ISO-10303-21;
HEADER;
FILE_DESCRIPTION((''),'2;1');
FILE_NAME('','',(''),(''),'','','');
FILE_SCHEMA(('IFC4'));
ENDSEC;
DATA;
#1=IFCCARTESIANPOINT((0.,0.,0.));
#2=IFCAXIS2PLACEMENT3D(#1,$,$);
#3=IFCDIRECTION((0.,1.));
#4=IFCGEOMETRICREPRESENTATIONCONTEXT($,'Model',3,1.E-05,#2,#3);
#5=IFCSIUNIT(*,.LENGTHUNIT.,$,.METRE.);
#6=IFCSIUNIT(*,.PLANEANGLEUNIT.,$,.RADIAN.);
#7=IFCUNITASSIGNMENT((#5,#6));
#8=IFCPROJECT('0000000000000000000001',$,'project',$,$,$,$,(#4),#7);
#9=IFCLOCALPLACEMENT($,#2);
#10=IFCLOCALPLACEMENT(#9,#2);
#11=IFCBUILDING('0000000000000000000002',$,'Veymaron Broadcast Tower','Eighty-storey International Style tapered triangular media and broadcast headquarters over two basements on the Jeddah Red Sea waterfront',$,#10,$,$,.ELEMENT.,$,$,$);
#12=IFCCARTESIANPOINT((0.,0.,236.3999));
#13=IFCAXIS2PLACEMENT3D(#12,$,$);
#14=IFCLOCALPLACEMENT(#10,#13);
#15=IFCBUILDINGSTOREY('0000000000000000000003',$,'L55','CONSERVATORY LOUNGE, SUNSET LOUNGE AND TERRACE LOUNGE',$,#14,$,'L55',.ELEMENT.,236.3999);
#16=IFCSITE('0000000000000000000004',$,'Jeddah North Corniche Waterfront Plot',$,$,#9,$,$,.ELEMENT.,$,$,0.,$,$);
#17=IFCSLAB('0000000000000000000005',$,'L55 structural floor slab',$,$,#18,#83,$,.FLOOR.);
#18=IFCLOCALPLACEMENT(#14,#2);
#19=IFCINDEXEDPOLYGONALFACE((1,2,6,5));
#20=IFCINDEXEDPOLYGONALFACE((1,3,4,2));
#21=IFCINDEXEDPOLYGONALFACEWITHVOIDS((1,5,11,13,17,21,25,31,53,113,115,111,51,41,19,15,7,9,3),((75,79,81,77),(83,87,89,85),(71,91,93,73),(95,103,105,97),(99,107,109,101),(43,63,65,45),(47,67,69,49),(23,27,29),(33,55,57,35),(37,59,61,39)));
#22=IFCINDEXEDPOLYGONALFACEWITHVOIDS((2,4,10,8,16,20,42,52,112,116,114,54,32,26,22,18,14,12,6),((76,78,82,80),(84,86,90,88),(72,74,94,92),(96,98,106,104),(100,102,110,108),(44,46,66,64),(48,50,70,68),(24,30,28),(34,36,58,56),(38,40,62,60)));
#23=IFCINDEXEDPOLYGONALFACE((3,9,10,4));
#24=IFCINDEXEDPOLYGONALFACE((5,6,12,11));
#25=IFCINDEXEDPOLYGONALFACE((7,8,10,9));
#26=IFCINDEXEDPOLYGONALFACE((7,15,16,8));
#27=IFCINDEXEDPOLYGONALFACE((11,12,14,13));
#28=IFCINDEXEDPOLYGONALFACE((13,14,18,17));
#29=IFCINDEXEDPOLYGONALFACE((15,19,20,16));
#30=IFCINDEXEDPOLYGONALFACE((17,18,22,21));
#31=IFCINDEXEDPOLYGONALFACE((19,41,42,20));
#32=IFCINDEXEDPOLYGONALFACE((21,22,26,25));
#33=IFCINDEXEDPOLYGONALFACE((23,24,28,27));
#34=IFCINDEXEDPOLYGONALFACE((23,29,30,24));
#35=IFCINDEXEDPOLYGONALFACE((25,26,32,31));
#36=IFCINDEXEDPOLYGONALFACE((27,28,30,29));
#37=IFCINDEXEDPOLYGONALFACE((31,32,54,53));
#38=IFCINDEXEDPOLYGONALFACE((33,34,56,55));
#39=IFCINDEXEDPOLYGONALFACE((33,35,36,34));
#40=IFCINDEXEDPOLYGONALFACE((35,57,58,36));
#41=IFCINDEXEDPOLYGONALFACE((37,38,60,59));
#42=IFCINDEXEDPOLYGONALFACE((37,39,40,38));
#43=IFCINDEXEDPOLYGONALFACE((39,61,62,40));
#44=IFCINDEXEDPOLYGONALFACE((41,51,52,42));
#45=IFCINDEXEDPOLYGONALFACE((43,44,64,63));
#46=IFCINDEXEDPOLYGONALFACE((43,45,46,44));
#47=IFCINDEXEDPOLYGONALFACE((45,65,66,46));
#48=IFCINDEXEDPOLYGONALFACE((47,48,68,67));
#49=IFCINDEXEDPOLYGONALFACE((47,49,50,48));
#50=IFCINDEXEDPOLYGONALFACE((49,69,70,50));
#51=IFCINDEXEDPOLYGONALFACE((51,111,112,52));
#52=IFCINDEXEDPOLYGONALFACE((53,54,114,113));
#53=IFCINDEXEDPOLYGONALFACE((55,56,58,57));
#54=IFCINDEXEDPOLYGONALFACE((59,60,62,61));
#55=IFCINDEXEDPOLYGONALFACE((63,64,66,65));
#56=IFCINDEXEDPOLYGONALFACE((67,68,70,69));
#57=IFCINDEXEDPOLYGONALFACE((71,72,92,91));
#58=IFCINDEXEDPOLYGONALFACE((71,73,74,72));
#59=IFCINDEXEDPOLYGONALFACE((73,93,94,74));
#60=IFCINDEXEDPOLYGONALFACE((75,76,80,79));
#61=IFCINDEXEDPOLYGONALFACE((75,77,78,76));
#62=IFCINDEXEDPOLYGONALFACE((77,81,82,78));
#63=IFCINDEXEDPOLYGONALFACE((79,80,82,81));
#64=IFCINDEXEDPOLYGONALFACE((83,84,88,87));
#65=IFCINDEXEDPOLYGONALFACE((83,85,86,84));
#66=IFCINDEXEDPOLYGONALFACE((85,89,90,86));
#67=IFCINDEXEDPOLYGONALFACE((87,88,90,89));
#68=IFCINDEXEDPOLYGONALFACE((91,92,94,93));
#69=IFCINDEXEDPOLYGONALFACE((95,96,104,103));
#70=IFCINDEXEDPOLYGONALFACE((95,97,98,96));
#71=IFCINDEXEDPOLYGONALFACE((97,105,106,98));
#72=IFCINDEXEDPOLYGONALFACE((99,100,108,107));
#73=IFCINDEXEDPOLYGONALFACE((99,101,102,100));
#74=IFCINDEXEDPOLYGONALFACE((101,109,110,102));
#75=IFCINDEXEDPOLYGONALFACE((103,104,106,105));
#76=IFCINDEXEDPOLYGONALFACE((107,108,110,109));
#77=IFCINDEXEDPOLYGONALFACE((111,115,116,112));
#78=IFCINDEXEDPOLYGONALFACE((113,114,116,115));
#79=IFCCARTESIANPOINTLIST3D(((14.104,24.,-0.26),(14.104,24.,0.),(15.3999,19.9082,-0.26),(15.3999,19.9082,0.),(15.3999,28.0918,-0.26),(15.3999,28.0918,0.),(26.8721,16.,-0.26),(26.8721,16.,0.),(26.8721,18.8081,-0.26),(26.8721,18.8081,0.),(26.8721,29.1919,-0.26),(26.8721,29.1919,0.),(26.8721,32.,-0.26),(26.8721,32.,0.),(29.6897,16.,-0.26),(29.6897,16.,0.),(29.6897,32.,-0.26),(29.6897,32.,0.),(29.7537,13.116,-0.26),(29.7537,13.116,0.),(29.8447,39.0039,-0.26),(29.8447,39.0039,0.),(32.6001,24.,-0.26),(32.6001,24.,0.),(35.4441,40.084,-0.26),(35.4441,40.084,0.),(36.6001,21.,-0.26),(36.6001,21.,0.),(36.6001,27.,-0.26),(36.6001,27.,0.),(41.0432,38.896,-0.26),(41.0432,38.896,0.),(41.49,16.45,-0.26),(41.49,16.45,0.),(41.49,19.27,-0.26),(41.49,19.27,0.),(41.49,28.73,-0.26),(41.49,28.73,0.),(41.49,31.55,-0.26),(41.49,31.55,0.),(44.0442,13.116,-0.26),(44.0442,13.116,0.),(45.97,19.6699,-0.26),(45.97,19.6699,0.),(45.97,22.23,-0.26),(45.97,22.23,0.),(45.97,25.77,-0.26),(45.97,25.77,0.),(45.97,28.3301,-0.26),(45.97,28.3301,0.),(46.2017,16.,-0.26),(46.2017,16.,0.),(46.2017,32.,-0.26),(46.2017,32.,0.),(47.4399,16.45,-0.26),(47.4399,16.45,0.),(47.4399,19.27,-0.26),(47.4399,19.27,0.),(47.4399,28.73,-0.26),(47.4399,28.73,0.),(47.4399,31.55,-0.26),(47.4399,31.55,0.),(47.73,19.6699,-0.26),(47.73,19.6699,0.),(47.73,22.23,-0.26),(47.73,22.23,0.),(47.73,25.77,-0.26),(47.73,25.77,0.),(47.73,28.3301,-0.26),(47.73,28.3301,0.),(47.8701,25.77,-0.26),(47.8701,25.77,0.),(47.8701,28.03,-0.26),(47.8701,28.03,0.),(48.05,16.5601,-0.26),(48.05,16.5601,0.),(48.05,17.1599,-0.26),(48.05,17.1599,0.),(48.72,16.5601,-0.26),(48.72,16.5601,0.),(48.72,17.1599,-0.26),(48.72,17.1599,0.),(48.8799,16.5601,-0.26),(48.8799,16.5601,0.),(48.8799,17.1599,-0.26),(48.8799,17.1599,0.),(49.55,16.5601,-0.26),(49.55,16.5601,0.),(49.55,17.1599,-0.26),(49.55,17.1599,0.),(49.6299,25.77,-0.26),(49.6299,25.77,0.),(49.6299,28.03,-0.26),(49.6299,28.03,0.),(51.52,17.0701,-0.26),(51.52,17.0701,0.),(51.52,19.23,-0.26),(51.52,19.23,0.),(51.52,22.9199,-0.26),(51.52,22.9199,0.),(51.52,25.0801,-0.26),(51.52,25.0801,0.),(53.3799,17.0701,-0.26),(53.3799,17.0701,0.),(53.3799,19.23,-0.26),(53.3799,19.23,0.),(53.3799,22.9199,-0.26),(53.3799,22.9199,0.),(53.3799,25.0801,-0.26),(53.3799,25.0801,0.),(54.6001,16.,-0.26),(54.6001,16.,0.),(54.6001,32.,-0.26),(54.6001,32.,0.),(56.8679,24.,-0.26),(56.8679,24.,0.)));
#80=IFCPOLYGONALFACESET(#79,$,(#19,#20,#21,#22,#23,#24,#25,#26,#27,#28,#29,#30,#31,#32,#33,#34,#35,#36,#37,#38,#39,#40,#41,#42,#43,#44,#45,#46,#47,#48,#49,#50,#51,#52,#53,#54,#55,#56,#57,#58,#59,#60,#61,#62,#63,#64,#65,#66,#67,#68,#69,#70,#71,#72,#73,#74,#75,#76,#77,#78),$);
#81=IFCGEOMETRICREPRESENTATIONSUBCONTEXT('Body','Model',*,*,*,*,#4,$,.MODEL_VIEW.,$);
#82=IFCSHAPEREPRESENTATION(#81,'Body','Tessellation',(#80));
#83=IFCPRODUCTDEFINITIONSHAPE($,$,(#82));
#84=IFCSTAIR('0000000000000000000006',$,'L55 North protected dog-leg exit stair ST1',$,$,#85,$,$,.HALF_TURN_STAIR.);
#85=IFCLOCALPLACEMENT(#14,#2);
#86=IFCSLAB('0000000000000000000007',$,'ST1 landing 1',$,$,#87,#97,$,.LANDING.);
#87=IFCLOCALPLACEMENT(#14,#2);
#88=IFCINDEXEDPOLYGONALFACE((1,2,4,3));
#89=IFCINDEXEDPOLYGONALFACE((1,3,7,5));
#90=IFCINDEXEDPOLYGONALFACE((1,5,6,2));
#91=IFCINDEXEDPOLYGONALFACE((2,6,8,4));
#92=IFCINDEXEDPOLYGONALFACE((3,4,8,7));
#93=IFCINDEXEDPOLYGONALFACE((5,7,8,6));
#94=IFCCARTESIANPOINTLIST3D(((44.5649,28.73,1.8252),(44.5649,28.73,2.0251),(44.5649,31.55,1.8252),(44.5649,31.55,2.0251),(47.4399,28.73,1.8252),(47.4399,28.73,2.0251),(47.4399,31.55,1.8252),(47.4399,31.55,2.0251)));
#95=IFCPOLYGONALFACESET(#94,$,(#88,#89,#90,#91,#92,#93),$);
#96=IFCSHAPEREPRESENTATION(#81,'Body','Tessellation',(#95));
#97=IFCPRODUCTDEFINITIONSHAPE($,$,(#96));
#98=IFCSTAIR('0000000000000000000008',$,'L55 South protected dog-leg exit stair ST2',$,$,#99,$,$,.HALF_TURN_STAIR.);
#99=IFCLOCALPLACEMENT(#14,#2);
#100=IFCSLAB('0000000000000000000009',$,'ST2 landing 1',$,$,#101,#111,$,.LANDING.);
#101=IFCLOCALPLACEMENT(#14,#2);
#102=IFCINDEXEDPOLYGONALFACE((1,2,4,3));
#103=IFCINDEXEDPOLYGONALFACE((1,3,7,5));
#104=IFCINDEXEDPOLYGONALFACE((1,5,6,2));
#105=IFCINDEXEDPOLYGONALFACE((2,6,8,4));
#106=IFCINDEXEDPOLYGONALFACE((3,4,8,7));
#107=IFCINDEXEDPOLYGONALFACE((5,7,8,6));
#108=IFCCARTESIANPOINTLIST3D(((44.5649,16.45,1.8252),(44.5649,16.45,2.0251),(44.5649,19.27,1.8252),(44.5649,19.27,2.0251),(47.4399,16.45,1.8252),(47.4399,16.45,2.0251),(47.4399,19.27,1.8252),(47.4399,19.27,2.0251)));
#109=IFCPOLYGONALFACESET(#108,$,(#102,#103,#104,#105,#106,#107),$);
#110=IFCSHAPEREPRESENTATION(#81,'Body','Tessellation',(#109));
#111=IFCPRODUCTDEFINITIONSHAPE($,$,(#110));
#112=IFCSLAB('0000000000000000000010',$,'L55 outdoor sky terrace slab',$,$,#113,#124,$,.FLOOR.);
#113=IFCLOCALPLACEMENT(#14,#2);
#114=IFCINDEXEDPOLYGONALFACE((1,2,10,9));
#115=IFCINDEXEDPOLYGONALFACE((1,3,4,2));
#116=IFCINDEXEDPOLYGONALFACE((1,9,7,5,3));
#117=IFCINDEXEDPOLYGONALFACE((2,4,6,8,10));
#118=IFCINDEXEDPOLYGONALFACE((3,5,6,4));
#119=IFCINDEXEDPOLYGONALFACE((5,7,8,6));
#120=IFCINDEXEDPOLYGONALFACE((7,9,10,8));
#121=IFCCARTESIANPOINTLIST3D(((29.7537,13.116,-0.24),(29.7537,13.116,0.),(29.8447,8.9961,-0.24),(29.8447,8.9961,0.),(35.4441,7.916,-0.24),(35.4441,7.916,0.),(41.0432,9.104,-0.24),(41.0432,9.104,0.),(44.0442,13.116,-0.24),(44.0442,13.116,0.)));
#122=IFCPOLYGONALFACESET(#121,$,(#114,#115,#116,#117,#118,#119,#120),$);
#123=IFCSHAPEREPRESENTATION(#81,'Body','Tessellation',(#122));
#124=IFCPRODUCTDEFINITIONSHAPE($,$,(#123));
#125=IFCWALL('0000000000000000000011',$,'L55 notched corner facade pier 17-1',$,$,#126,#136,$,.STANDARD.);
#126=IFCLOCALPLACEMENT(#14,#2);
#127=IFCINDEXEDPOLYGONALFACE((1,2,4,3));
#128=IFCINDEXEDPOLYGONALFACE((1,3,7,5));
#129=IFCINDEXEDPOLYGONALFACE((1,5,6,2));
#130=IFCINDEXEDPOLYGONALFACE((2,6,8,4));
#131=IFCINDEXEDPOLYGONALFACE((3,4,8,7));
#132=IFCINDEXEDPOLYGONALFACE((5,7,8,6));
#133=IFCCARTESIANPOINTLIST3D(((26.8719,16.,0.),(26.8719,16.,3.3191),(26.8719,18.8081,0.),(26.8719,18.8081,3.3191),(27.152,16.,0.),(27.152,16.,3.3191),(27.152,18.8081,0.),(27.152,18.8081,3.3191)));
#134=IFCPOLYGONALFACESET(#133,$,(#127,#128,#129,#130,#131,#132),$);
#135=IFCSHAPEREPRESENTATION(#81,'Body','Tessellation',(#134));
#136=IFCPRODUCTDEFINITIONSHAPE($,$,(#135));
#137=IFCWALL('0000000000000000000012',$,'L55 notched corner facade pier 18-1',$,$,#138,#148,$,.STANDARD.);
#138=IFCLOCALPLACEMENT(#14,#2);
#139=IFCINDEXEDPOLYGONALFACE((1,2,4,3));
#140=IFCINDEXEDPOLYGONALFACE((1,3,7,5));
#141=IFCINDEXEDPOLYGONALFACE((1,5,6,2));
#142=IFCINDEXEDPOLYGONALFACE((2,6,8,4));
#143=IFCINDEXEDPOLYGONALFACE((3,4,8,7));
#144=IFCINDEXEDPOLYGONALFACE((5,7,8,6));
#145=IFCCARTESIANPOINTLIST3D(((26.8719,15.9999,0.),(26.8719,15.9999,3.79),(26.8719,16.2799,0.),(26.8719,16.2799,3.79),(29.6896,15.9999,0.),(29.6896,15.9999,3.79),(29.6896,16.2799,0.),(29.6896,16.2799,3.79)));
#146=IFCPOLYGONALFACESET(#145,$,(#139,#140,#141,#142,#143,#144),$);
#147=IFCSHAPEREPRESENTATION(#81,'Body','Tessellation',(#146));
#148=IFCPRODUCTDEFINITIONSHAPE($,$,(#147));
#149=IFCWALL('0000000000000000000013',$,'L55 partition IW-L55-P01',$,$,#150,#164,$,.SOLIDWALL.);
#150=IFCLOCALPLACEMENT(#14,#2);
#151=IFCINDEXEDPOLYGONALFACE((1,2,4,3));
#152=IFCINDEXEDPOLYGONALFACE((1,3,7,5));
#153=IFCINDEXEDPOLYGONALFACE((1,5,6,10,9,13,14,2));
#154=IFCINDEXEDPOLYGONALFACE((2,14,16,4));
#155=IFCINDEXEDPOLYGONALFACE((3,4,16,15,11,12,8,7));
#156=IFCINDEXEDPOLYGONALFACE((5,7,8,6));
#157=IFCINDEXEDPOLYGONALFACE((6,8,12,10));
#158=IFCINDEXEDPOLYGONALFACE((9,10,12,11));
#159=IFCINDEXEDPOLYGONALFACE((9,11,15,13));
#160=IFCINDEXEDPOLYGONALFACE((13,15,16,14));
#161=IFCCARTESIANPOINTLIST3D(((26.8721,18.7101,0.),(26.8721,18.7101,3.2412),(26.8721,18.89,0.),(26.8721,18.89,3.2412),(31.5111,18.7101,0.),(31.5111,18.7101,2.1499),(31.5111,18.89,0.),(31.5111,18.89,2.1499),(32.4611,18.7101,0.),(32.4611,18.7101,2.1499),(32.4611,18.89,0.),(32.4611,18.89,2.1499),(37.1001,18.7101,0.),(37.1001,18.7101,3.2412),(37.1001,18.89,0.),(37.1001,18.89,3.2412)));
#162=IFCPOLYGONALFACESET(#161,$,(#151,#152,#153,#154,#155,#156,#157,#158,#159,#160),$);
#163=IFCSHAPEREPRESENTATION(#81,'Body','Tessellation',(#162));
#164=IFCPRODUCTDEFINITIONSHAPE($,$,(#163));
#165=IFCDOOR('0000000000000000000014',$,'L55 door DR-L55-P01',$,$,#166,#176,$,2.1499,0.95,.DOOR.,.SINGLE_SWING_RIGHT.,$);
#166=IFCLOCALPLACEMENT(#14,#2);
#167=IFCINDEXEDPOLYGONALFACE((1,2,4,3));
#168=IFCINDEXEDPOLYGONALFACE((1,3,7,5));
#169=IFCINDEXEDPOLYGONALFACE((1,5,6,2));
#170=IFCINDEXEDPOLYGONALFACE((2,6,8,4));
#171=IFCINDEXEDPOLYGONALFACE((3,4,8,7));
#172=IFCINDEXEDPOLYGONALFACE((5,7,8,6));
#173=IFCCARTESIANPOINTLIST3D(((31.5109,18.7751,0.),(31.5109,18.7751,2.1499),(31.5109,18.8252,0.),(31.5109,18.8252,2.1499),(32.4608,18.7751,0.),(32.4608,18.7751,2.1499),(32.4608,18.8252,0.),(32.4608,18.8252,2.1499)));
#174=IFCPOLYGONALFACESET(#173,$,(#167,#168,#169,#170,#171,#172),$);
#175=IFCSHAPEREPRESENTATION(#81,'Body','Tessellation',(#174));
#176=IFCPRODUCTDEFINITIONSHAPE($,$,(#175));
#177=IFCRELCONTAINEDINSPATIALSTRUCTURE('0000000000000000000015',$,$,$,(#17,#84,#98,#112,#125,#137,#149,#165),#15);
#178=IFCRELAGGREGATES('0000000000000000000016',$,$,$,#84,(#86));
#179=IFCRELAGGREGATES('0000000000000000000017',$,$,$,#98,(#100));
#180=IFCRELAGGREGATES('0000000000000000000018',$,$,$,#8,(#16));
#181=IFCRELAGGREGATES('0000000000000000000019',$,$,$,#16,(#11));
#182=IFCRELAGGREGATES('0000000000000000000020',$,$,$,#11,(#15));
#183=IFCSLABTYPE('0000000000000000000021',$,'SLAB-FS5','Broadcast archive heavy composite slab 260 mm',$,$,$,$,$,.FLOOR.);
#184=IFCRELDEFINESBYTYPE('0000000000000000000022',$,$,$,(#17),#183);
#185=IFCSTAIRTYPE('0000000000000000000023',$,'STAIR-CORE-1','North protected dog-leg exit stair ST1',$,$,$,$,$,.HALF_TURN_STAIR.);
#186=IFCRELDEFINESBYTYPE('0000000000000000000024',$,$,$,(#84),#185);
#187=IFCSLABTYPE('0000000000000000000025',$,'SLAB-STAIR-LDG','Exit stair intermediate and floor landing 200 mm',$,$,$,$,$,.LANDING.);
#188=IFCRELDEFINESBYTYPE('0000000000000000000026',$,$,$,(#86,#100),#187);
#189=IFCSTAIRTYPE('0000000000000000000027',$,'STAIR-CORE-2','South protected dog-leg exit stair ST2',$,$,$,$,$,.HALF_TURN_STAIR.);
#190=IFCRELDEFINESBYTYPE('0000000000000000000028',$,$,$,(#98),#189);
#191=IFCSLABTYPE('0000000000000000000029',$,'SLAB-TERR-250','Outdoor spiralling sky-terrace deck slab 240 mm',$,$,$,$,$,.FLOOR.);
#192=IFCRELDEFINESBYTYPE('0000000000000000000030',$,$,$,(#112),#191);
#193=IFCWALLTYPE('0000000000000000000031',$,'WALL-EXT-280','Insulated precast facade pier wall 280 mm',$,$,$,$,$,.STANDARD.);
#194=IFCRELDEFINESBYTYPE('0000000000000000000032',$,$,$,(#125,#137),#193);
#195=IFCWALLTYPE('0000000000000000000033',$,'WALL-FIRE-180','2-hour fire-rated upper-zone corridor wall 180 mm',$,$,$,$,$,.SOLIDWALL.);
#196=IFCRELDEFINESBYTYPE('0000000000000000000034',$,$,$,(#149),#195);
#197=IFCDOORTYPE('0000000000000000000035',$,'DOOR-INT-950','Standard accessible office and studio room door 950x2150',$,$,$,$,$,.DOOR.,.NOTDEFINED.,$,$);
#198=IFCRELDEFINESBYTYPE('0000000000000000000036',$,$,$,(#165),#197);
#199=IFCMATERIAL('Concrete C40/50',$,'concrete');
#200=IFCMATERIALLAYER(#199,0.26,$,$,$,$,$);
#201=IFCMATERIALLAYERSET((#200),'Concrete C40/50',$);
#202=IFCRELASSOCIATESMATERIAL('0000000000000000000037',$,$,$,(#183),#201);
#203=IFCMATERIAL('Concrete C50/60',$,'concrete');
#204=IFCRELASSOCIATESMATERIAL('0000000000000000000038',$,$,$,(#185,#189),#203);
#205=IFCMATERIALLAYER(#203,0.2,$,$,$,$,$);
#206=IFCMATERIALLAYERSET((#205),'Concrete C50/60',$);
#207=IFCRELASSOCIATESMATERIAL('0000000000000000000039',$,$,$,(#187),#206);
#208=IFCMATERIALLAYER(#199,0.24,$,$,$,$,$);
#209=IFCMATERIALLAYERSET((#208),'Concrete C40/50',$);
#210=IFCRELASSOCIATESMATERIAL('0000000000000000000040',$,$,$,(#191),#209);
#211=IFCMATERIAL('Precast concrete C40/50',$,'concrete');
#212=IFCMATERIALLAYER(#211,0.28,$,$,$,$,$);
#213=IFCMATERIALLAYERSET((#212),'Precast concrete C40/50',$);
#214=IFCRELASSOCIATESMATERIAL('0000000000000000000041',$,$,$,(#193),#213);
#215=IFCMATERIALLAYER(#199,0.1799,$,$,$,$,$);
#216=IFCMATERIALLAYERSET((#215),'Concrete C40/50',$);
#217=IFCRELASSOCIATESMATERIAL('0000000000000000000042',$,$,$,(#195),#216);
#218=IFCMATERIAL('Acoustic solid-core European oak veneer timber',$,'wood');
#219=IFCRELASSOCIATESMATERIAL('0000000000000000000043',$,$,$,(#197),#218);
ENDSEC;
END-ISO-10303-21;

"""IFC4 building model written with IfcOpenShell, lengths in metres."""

from ifc_helpers import new_model, si_unit, direction, frame, frame_2d, origin, place, context, subcontext, project, spatial, polyline, rectangle, outline, extrude, material, layer, layer_set, type_object, element, fill, aggregate, save


model = new_model("IFC4")

# Units and contexts
model_context = context("Model", 3, precision=1e-05, world=origin(), true_north=direction((0.0, 1.0)))
body_context = subcontext(model_context, "Body", "Model", "MODEL_VIEW")
ifc_project = project(units=[si_unit("LENGTHUNIT", "METRE"), si_unit("PLANEANGLEUNIT", "RADIAN")], contexts=[model_context])

# Site, building, storey
site_placement = place(None, origin())
site = spatial("IfcSite", under=ifc_project, at=site_placement, Name="Jeddah North Corniche Waterfront Plot", CompositionType="ELEMENT", RefElevation=0.0)
building_placement = place(site_placement, origin())
building = spatial("IfcBuilding", under=site, at=building_placement, Name="Veymaron Broadcast Tower", Description="Eighty-storey International Style tapered triangular media and broadcast headquarters over two basements on the Jeddah Red Sea waterfront", CompositionType="ELEMENT")
storey_placement = place(building_placement, frame((0.0, 0.0, 236.3999)))
storey = spatial("IfcBuildingStorey", under=building, at=storey_placement, Name="L55", Description="CONSERVATORY LOUNGE, SUNSET LOUNGE AND TERRACE LOUNGE", LongName="L55", CompositionType="ELEMENT", Elevation=236.3999)

# Slab
ifc_material_1 = material(Name="Concrete C40/50", Category="concrete")
ifc_layer_1 = layer(ifc_material_1, 0.26)
ifc_layer_set_1 = layer_set([ifc_layer_1], Name="Concrete C40/50")
slab_type_1 = type_object("IfcSlabType", Name="SLAB-FS5", Description="Broadcast archive heavy composite slab 260 mm", PredefinedType="FLOOR", material=ifc_layer_set_1)
slab_1_placement = place(storey_placement, frame((0.0, 0.0, -0.26)))
element("IfcSlab", 1, at=slab_1_placement, inside=storey, type_object=slab_type_1, Name="L55 structural floor slab", PredefinedType="FLOOR", context=body_context, shape_type="SweptSolid", body=[
    extrude(outline(polyline([(29.7537, 13.116), (44.0442, 13.116), (46.2017, 16.0), (54.6001, 16.0), (56.8679, 24.0), (54.6001, 32.0), (46.2017, 32.0), (41.0432, 38.896), (35.4441, 40.084), (29.8447, 39.0039), (29.6897, 32.0), (26.8721, 32.0), (26.8721, 29.1919), (15.3999, 28.0918), (14.104, 24.0), (15.3999, 19.9082), (26.8721, 18.8081), (26.8721, 16.0), (29.6897, 16.0), (29.7537, 13.116)]), holes=[polyline([(45.97, 28.3301), (47.73, 28.3301), (47.73, 25.77), (45.97, 25.77), (45.97, 28.3301)]), polyline([(45.97, 22.23), (47.73, 22.23), (47.73, 19.6699), (45.97, 19.6699), (45.97, 22.23)]), polyline([(47.8701, 28.03), (49.6299, 28.03), (49.6299, 25.77), (47.8701, 25.77), (47.8701, 28.03)]), polyline([(51.52, 25.0801), (53.3799, 25.0801), (53.3799, 22.9199), (51.52, 22.9199), (51.52, 25.0801)]), polyline([(51.52, 19.23), (53.3799, 19.23), (53.3799, 17.0701), (51.52, 17.0701), (51.52, 19.23)]), polyline([(48.05, 17.1599), (48.72, 17.1599), (48.72, 16.5601), (48.05, 16.5601), (48.05, 17.1599)]), polyline([(48.8799, 17.1599), (49.55, 17.1599), (49.55, 16.5601), (48.8799, 16.5601), (48.8799, 17.1599)]), polyline([(36.6001, 27.0), (36.6001, 21.0), (32.6001, 24.0), (36.6001, 27.0)]), polyline([(41.49, 31.55), (47.4399, 31.55), (47.4399, 28.73), (41.49, 28.73), (41.49, 31.55)]), polyline([(41.49, 19.27), (47.4399, 19.27), (47.4399, 16.45), (41.49, 16.45), (41.49, 19.27)])]), origin(), (0.0, 0.0, 1.0), 0.26),
])

# Stairs, slabs
ifc_material_2 = material(Name="Concrete C50/60", Category="concrete")
stair_type_1 = type_object("IfcStairType", Name="STAIR-CORE-1", Description="North protected dog-leg exit stair ST1", PredefinedType="HALF_TURN_STAIR", material=ifc_material_2)
stair_1_placement = place(storey_placement, origin())
stair_1 = element("IfcStair", 2, at=stair_1_placement, inside=storey, type_object=stair_type_1, Name="L55 North protected dog-leg exit stair ST1", PredefinedType="HALF_TURN_STAIR")
ifc_layer_2 = layer(ifc_material_2, 0.2)
ifc_layer_set_2 = layer_set([ifc_layer_2], Name="Concrete C50/60")
slab_type_2 = type_object("IfcSlabType", Name="SLAB-STAIR-LDG", Description="Exit stair intermediate and floor landing 200 mm", PredefinedType="LANDING", material=ifc_layer_set_2)
slab_2_placement = place(storey_placement, frame((0.0, 0.0, 1.8252)))
slab_2 = element("IfcSlab", 3, at=slab_2_placement, type_object=slab_type_2, Name="ST1 landing 1", PredefinedType="LANDING", context=body_context, shape_type="SweptSolid", body=[
    extrude(outline(polyline([(44.5649, 28.73), (47.4399, 28.73), (47.4399, 31.55), (44.5649, 31.55), (44.5649, 28.73)])), origin(), (0.0, 0.0, 1.0), 0.2),
])
aggregate(stair_1, [slab_2])
stair_type_2 = type_object("IfcStairType", Name="STAIR-CORE-2", Description="South protected dog-leg exit stair ST2", PredefinedType="HALF_TURN_STAIR", material=ifc_material_2)
stair_2_placement = place(storey_placement, origin())
stair_2 = element("IfcStair", 4, at=stair_2_placement, inside=storey, type_object=stair_type_2, Name="L55 South protected dog-leg exit stair ST2", PredefinedType="HALF_TURN_STAIR")
slab_3_placement = place(storey_placement, frame((0.0, 0.0, 1.8252)))
slab_3 = element("IfcSlab", 5, at=slab_3_placement, type_object=slab_type_2, Name="ST2 landing 1", PredefinedType="LANDING", context=body_context, shape_type="SweptSolid", body=[
    extrude(outline(polyline([(44.5649, 16.45), (47.4399, 16.45), (47.4399, 19.27), (44.5649, 19.27), (44.5649, 16.45)])), origin(), (0.0, 0.0, 1.0), 0.2),
])
aggregate(stair_2, [slab_3])

# Slab
ifc_layer_3 = layer(ifc_material_1, 0.24)
ifc_layer_set_3 = layer_set([ifc_layer_3], Name="Concrete C40/50")
slab_type_3 = type_object("IfcSlabType", Name="SLAB-TERR-250", Description="Outdoor spiralling sky-terrace deck slab 240 mm", PredefinedType="FLOOR", material=ifc_layer_set_3)
slab_4_placement = place(storey_placement, frame((0.0, 0.0, -0.24)))
element("IfcSlab", 6, at=slab_4_placement, inside=storey, type_object=slab_type_3, Name="L55 outdoor sky terrace slab", PredefinedType="FLOOR", context=body_context, shape_type="SweptSolid", body=[
    extrude(outline(polyline([(41.0432, 9.104), (44.0442, 13.116), (29.7537, 13.116), (29.8447, 8.9961), (35.4441, 7.916), (41.0432, 9.104)])), origin(), (0.0, 0.0, 1.0), 0.24),
])

# Walls
ifc_material_3 = material(Name="Precast concrete C40/50", Category="concrete")
ifc_layer_4 = layer(ifc_material_3, 0.28)
ifc_layer_set_4 = layer_set([ifc_layer_4], Name="Precast concrete C40/50")
wall_type_1 = type_object("IfcWallType", Name="WALL-EXT-280", Description="Insulated precast facade pier wall 280 mm", PredefinedType="STANDARD", material=ifc_layer_set_4)
wall_1_placement = place(storey_placement, frame((27.012, 18.8081, 0.0), z_axis=(0.0, 0.0, 1.0), x_axis=(0.0, -1.0, 0.0)))
element("IfcWall", 7, at=wall_1_placement, inside=storey, type_object=wall_type_1, Name="L55 notched corner facade pier 17-1", PredefinedType="STANDARD", context=body_context, shape_type="SweptSolid", body=[
    extrude(rectangle(XDim=2.8081, YDim=0.28, at=frame_2d((1.4041, 0.0))), origin(), (0.0, 0.0, 1.0), 3.3191),
])
wall_2_placement = place(storey_placement, frame((26.8721, 16.1399, 0.0), z_axis=(0.0, 0.0, 1.0), x_axis=(1.0, 0.0, 0.0)))
element("IfcWall", 8, at=wall_2_placement, inside=storey, type_object=wall_type_1, Name="L55 notched corner facade pier 18-1", PredefinedType="STANDARD", context=body_context, shape_type="SweptSolid", body=[
    extrude(rectangle(XDim=2.8176, YDim=0.28, at=frame_2d((1.4087, 0.0))), origin(), (0.0, 0.0, 1.0), 3.79),
])

# Wall, opening, door
ifc_layer_5 = layer(ifc_material_1, 0.1799)
ifc_layer_set_5 = layer_set([ifc_layer_5], Name="Concrete C40/50")
wall_type_2 = type_object("IfcWallType", Name="WALL-FIRE-180", Description="2-hour fire-rated upper-zone corridor wall 180 mm", PredefinedType="SOLIDWALL", material=ifc_layer_set_5)
wall_3_placement = place(storey_placement, frame((26.8721, 18.8, 0.0), z_axis=(0.0, 0.0, 1.0), x_axis=(1.0, 0.0, 0.0)))
wall_3 = element("IfcWall", 9, at=wall_3_placement, inside=storey, type_object=wall_type_2, Name="L55 partition IW-L55-P01", PredefinedType="SOLIDWALL", context=body_context, shape_type="SweptSolid", body=[
    extrude(rectangle(XDim=10.228, YDim=0.1799, at=frame_2d((5.114, 0.0))), origin(), (0.0, 0.0, 1.0), 3.2412),
])
opening_1_placement = place(wall_3_placement, frame((4.6389, 0.0, 0.0)))
opening_1 = element("IfcOpeningElement", 10, at=opening_1_placement, cuts=wall_3, PredefinedType="OPENING", context=body_context, shape_type="SweptSolid", body=[
    extrude(rectangle(XDim=0.95, YDim=2.1499, at=frame_2d((0.4751, 1.075))), frame((0.0, 0.1001, 0.0), z_axis=(0.0, -1.0, 0.0), x_axis=(1.0, 0.0, 0.0)), (0.0, 0.0, 1.0), 0.2),
])
ifc_material_4 = material(Name="Acoustic solid-core European oak veneer timber", Category="wood")
door_type = type_object("IfcDoorType", Name="DOOR-INT-950", Description="Standard accessible office and studio room door 950x2150", OperationType="NOTDEFINED", PredefinedType="DOOR", material=ifc_material_4)
door_1_placement = place(opening_1_placement, frame((0.95, 0.0, 0.0), z_axis=(0.0, 0.0, 1.0), x_axis=(-1.0, 0.0, 0.0)))
door_1 = element("IfcDoor", 11, at=door_1_placement, inside=storey, type_object=door_type, Name="L55 door DR-L55-P01", OperationType="SINGLE_SWING_RIGHT", OverallHeight=2.1499, OverallWidth=0.95, PredefinedType="DOOR", context=body_context, shape_type="SweptSolid", body=[
    extrude(rectangle(XDim=0.95, YDim=2.1499, at=frame_2d((0.4751, 1.075))), frame((0.0, 0.0249, 0.0), z_axis=(0.0, -1.0, 0.0), x_axis=(1.0, 0.0, 0.0)), (0.0, 0.0, 1.0), 0.05),
])
fill(opening_1, door_1)

save(model, "model.ifc")
